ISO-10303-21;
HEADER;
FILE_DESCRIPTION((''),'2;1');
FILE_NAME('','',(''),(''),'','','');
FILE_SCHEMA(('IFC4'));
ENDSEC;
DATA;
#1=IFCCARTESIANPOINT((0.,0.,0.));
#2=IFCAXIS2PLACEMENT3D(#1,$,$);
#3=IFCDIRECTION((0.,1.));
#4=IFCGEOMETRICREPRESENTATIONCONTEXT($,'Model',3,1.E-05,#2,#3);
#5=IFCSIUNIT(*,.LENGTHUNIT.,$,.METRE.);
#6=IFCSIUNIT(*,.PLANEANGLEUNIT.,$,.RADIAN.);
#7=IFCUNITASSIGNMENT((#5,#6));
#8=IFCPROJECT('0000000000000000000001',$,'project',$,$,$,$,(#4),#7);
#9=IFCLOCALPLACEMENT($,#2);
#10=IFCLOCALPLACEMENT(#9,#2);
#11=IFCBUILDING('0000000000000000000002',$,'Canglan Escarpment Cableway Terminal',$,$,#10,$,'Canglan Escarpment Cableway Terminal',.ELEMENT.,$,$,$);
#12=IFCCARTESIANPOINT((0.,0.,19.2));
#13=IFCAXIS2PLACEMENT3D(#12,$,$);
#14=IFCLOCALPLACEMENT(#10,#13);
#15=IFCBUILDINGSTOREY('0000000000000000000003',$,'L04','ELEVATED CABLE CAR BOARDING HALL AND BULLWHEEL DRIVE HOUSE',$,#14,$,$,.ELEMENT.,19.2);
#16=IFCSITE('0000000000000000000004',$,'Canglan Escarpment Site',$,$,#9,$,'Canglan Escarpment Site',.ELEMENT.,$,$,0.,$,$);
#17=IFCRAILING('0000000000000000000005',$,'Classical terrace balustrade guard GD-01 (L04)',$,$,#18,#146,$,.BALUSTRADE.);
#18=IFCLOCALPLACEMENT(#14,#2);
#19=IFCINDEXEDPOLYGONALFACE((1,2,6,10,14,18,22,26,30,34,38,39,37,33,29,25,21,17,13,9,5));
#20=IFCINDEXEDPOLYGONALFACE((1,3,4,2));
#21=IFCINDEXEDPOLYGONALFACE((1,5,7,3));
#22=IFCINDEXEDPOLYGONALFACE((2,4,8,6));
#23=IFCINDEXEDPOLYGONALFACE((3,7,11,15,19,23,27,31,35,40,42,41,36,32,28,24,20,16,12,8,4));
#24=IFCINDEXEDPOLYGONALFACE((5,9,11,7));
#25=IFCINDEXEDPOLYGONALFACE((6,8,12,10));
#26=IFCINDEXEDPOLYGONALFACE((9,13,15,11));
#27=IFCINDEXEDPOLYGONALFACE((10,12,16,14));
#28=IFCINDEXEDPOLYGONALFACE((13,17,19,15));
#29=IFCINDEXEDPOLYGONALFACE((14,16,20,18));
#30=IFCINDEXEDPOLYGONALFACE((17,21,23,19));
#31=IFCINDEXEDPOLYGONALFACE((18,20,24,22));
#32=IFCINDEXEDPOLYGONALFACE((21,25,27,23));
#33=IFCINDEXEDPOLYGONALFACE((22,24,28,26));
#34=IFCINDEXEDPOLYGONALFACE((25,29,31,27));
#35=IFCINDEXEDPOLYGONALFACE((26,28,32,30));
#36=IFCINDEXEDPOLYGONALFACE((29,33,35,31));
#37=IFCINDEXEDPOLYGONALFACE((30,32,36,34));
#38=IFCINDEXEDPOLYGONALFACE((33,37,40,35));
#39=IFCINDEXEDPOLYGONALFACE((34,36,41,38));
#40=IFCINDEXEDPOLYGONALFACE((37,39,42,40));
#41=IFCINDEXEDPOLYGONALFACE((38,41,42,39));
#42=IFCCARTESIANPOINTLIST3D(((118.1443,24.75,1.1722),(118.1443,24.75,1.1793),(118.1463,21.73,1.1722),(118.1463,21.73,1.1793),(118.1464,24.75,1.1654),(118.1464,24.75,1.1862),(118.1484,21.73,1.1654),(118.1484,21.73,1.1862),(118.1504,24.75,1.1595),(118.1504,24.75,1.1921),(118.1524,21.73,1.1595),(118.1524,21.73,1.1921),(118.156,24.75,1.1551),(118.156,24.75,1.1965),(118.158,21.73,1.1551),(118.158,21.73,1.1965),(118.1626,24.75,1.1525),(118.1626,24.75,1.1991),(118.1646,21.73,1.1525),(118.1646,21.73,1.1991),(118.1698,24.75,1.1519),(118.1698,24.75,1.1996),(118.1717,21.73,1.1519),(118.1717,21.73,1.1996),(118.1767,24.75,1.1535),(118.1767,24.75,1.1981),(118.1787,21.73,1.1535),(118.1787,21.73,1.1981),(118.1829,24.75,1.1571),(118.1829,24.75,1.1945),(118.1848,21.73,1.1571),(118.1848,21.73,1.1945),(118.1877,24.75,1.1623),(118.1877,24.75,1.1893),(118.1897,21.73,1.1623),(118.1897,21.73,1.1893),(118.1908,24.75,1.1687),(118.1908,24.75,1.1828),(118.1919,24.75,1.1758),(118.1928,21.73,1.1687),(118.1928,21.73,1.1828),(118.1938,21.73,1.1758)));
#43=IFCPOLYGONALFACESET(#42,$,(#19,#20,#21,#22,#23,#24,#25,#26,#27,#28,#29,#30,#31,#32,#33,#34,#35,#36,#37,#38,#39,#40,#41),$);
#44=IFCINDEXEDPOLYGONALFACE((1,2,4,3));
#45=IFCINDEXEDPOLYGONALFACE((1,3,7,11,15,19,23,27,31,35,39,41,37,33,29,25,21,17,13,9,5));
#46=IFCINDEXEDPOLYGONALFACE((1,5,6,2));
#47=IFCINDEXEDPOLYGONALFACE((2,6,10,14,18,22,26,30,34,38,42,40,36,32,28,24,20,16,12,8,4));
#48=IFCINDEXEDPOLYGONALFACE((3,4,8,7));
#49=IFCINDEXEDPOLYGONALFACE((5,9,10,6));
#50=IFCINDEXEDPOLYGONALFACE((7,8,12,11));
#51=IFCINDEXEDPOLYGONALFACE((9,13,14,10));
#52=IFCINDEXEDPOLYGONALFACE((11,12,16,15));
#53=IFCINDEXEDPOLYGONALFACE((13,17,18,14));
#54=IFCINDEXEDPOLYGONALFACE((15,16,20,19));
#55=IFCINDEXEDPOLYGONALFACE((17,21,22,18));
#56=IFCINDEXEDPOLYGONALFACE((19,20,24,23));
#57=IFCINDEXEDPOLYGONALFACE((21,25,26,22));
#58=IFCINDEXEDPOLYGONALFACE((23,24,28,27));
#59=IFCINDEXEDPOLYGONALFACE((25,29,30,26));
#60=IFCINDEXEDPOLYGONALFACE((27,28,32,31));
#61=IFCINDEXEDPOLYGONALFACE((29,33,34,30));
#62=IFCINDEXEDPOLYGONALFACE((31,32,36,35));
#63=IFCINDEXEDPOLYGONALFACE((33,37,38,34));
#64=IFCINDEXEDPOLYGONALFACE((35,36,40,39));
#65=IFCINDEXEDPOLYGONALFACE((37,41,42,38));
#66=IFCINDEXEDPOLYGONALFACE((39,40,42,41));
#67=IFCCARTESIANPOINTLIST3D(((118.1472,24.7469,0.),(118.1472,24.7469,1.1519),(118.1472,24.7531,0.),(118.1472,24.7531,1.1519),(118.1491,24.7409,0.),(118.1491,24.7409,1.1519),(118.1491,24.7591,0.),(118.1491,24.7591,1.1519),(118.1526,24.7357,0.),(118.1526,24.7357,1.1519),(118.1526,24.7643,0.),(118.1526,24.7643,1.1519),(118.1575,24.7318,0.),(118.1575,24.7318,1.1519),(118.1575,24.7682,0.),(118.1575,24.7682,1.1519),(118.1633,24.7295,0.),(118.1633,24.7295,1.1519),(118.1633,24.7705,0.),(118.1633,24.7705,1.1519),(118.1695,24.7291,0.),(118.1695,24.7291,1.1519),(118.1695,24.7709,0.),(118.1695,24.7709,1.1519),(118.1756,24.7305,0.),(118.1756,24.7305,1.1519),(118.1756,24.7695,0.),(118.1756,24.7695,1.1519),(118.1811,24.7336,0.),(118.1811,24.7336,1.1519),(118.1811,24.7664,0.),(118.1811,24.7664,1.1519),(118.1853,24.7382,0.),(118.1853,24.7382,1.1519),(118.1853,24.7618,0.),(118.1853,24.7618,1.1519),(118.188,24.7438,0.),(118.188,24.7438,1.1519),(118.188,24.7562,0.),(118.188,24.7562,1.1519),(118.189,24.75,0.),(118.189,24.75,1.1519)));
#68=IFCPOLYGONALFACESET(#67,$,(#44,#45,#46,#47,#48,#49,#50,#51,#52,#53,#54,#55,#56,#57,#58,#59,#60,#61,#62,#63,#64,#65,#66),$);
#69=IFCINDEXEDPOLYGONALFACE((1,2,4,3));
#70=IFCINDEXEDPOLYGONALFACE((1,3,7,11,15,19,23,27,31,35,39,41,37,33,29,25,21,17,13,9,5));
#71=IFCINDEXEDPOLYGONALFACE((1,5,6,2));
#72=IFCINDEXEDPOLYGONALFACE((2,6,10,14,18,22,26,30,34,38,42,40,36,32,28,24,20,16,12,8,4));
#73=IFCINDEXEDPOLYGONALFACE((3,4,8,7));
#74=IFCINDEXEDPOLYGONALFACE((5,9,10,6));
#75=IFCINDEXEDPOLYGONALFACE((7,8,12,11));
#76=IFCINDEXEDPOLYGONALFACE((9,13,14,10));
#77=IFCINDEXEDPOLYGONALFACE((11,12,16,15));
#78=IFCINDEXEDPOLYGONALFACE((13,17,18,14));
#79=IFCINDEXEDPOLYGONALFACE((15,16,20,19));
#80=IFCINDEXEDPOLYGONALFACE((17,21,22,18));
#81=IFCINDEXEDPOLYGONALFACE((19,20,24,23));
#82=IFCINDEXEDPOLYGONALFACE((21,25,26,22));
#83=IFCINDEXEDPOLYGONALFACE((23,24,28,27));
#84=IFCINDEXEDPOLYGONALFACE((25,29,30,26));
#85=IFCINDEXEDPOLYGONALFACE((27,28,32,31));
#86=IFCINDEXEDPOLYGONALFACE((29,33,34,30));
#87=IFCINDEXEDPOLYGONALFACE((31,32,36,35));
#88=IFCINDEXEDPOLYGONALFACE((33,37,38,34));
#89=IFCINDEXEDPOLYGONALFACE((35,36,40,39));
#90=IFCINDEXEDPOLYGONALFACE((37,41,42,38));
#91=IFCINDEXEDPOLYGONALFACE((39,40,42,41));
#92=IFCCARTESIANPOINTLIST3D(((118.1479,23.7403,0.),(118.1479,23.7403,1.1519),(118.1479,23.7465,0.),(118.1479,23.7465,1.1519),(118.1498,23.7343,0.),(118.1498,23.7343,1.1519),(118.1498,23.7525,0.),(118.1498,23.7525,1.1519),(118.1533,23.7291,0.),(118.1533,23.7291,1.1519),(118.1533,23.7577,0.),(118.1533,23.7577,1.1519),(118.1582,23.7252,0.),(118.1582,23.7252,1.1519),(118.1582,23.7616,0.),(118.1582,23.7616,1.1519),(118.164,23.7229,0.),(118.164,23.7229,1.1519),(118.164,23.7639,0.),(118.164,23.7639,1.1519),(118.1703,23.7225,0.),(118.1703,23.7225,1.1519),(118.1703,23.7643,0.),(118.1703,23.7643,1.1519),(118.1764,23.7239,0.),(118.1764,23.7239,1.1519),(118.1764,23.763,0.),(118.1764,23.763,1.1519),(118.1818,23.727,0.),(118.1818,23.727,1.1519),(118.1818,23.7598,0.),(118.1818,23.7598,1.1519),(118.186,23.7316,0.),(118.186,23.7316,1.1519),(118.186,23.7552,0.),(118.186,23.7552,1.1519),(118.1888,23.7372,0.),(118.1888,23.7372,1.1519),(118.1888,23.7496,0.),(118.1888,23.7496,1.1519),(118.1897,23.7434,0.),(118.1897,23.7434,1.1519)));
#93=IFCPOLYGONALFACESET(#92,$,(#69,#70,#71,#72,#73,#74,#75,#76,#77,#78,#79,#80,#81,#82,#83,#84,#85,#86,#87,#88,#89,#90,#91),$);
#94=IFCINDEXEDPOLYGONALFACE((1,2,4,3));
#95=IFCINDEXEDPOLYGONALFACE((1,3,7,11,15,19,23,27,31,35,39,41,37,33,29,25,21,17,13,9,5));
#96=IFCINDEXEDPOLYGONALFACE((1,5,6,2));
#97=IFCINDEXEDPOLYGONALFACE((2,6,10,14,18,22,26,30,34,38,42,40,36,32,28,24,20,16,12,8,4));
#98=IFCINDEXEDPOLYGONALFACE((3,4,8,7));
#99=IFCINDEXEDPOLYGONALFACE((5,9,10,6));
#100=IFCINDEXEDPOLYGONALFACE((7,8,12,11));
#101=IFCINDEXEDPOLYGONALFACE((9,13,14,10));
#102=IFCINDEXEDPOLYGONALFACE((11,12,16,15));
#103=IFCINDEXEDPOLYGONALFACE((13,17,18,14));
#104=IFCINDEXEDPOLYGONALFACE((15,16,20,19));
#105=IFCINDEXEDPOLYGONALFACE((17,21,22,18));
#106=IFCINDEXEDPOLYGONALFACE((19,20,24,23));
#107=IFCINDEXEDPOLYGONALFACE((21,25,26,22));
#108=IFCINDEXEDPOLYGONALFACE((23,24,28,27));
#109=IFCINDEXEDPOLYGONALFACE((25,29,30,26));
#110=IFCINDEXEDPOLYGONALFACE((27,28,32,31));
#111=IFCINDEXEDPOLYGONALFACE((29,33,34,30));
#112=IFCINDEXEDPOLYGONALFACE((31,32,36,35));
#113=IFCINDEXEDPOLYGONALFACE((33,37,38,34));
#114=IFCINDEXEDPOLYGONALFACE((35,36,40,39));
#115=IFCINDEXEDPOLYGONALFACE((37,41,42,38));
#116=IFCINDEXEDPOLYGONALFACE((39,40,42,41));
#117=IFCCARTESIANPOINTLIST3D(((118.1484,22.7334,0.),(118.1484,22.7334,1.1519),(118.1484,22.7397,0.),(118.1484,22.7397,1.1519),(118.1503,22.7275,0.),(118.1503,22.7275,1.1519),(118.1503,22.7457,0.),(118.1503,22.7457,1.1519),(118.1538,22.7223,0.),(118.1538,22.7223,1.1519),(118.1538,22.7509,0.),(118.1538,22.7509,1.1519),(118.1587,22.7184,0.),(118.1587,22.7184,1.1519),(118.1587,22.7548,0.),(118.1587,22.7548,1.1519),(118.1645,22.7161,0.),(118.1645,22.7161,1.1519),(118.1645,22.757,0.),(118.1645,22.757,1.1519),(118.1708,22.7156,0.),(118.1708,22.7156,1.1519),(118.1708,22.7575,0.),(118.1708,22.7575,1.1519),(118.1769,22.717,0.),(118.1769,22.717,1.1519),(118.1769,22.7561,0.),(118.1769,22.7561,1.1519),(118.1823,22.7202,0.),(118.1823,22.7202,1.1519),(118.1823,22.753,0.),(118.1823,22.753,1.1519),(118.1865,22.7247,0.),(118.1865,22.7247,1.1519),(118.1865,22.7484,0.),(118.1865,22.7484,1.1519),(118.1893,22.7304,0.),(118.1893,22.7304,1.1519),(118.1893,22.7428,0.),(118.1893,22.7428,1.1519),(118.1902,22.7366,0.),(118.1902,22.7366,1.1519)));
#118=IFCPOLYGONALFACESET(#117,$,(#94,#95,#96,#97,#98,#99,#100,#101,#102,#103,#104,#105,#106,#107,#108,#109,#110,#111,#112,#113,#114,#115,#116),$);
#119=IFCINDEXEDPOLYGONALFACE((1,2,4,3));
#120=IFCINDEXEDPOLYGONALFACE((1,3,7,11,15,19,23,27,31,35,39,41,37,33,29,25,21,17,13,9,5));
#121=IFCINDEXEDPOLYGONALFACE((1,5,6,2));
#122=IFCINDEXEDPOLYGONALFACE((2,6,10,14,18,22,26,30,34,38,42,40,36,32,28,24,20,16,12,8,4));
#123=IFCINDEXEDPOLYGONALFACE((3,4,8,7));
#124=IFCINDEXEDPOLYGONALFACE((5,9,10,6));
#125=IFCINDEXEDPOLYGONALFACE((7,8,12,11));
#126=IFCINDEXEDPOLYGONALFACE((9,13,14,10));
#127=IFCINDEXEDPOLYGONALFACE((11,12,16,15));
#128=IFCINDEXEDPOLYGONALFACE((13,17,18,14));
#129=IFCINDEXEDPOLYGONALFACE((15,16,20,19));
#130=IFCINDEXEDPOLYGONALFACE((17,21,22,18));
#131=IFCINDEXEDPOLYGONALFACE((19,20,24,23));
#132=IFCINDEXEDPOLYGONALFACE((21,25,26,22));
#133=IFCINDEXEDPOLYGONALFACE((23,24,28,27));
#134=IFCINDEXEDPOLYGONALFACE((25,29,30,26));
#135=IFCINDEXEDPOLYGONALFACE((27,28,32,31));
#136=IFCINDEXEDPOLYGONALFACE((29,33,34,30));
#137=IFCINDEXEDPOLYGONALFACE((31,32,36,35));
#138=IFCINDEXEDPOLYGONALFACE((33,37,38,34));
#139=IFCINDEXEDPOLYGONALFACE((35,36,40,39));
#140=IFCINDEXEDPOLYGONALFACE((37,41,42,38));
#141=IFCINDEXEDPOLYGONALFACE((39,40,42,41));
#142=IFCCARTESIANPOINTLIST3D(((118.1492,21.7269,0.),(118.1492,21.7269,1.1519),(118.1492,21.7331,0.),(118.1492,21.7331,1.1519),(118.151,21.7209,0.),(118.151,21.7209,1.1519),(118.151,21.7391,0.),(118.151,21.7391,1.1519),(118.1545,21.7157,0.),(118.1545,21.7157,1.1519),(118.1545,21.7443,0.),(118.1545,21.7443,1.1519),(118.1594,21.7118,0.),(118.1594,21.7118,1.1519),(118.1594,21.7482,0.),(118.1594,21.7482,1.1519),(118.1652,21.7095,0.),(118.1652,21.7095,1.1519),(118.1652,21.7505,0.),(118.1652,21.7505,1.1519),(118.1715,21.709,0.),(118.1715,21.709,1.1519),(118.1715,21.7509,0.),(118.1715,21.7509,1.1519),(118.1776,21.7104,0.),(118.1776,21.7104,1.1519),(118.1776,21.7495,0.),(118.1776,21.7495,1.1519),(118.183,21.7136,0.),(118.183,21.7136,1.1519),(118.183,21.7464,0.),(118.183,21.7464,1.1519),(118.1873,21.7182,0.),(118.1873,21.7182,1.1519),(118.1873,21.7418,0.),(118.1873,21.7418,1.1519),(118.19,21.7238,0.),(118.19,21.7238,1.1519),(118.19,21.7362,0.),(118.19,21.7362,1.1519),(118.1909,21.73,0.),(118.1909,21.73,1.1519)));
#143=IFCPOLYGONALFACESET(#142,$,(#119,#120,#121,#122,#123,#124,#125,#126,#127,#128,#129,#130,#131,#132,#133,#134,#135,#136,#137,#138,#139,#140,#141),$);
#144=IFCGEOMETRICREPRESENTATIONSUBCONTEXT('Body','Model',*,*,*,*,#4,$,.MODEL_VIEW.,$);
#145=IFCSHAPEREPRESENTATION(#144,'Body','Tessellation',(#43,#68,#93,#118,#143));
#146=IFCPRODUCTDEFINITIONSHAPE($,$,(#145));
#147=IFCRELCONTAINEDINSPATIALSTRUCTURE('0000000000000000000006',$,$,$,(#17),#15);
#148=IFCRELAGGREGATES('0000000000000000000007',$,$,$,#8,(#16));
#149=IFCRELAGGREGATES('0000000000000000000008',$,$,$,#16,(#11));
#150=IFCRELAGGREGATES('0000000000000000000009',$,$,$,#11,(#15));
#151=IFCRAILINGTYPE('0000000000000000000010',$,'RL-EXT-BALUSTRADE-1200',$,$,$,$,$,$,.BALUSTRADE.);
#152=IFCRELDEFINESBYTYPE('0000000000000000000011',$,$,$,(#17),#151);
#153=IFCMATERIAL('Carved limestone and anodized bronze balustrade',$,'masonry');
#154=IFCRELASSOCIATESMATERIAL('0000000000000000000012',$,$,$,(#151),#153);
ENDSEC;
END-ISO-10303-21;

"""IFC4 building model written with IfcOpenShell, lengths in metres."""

from ifc_helpers import new_model, si_unit, direction, frame, origin, origin_2d, place, context, subcontext, project, spatial, circle, extrude, material, type_object, element, save


model = new_model("IFC4")

# Units and contexts
model_context = context("Model", 3, precision=1e-05, world=origin(), true_north=direction((0.0, 1.0)))
body_context = subcontext(model_context, "Body", "Model", "MODEL_VIEW")
ifc_project = project(units=[si_unit("LENGTHUNIT", "METRE"), si_unit("PLANEANGLEUNIT", "RADIAN")], contexts=[model_context])

# Site, building, storey
site_placement = place(None, origin())
site = spatial("IfcSite", under=ifc_project, at=site_placement, Name="Canglan Escarpment Site", LongName="Canglan Escarpment Site", CompositionType="ELEMENT", RefElevation=0.0)
building_placement = place(site_placement, origin())
building = spatial("IfcBuilding", under=site, at=building_placement, Name="Canglan Escarpment Cableway Terminal", LongName="Canglan Escarpment Cableway Terminal", CompositionType="ELEMENT")
storey_placement = place(building_placement, frame((0.0, 0.0, 19.2)))
storey = spatial("IfcBuildingStorey", under=building, at=storey_placement, Name="L04", Description="ELEVATED CABLE CAR BOARDING HALL AND BULLWHEEL DRIVE HOUSE", CompositionType="ELEMENT", Elevation=19.2)

# Railing
ifc_material_1 = material(Name="Carved limestone and anodized bronze balustrade", Category="masonry")
railing_type = type_object("IfcRailingType", Name="RL-EXT-BALUSTRADE-1200", PredefinedType="BALUSTRADE", material=ifc_material_1)
railing_1_placement = place(storey_placement, frame((118.168, 24.75, 0.0)))
element("IfcRailing", 1, at=railing_1_placement, inside=storey, type_object=railing_type, Name="Classical terrace balustrade guard GD-01 (L04)", PredefinedType="BALUSTRADE", context=body_context, shape_type="SweptSolid", body=[
    extrude(circle(Radius=0.0239, at=origin_2d()), frame((0.0, 0.0, 1.1758), z_axis=(0.000647, -1.0, 0.0), x_axis=(1.0, 0.000647, 0.0)), (0.0, 0.0, 1.0), 3.02),
    extrude(circle(Radius=0.021, at=origin_2d()), origin(), (0.0, 0.0, 1.0), 1.1519),
    extrude(circle(Radius=0.021, at=origin_2d()), frame((0.0007, -1.0066, 0.0)), (0.0, 0.0, 1.0), 1.1519),
    extrude(circle(Radius=0.021, at=origin_2d()), frame((0.0012, -2.0134, 0.0)), (0.0, 0.0, 1.0), 1.1519),
    extrude(circle(Radius=0.021, at=origin_2d()), frame((0.002, -3.02, 0.0)), (0.0, 0.0, 1.0), 1.1519),
])

save(model, "model.ifc")
